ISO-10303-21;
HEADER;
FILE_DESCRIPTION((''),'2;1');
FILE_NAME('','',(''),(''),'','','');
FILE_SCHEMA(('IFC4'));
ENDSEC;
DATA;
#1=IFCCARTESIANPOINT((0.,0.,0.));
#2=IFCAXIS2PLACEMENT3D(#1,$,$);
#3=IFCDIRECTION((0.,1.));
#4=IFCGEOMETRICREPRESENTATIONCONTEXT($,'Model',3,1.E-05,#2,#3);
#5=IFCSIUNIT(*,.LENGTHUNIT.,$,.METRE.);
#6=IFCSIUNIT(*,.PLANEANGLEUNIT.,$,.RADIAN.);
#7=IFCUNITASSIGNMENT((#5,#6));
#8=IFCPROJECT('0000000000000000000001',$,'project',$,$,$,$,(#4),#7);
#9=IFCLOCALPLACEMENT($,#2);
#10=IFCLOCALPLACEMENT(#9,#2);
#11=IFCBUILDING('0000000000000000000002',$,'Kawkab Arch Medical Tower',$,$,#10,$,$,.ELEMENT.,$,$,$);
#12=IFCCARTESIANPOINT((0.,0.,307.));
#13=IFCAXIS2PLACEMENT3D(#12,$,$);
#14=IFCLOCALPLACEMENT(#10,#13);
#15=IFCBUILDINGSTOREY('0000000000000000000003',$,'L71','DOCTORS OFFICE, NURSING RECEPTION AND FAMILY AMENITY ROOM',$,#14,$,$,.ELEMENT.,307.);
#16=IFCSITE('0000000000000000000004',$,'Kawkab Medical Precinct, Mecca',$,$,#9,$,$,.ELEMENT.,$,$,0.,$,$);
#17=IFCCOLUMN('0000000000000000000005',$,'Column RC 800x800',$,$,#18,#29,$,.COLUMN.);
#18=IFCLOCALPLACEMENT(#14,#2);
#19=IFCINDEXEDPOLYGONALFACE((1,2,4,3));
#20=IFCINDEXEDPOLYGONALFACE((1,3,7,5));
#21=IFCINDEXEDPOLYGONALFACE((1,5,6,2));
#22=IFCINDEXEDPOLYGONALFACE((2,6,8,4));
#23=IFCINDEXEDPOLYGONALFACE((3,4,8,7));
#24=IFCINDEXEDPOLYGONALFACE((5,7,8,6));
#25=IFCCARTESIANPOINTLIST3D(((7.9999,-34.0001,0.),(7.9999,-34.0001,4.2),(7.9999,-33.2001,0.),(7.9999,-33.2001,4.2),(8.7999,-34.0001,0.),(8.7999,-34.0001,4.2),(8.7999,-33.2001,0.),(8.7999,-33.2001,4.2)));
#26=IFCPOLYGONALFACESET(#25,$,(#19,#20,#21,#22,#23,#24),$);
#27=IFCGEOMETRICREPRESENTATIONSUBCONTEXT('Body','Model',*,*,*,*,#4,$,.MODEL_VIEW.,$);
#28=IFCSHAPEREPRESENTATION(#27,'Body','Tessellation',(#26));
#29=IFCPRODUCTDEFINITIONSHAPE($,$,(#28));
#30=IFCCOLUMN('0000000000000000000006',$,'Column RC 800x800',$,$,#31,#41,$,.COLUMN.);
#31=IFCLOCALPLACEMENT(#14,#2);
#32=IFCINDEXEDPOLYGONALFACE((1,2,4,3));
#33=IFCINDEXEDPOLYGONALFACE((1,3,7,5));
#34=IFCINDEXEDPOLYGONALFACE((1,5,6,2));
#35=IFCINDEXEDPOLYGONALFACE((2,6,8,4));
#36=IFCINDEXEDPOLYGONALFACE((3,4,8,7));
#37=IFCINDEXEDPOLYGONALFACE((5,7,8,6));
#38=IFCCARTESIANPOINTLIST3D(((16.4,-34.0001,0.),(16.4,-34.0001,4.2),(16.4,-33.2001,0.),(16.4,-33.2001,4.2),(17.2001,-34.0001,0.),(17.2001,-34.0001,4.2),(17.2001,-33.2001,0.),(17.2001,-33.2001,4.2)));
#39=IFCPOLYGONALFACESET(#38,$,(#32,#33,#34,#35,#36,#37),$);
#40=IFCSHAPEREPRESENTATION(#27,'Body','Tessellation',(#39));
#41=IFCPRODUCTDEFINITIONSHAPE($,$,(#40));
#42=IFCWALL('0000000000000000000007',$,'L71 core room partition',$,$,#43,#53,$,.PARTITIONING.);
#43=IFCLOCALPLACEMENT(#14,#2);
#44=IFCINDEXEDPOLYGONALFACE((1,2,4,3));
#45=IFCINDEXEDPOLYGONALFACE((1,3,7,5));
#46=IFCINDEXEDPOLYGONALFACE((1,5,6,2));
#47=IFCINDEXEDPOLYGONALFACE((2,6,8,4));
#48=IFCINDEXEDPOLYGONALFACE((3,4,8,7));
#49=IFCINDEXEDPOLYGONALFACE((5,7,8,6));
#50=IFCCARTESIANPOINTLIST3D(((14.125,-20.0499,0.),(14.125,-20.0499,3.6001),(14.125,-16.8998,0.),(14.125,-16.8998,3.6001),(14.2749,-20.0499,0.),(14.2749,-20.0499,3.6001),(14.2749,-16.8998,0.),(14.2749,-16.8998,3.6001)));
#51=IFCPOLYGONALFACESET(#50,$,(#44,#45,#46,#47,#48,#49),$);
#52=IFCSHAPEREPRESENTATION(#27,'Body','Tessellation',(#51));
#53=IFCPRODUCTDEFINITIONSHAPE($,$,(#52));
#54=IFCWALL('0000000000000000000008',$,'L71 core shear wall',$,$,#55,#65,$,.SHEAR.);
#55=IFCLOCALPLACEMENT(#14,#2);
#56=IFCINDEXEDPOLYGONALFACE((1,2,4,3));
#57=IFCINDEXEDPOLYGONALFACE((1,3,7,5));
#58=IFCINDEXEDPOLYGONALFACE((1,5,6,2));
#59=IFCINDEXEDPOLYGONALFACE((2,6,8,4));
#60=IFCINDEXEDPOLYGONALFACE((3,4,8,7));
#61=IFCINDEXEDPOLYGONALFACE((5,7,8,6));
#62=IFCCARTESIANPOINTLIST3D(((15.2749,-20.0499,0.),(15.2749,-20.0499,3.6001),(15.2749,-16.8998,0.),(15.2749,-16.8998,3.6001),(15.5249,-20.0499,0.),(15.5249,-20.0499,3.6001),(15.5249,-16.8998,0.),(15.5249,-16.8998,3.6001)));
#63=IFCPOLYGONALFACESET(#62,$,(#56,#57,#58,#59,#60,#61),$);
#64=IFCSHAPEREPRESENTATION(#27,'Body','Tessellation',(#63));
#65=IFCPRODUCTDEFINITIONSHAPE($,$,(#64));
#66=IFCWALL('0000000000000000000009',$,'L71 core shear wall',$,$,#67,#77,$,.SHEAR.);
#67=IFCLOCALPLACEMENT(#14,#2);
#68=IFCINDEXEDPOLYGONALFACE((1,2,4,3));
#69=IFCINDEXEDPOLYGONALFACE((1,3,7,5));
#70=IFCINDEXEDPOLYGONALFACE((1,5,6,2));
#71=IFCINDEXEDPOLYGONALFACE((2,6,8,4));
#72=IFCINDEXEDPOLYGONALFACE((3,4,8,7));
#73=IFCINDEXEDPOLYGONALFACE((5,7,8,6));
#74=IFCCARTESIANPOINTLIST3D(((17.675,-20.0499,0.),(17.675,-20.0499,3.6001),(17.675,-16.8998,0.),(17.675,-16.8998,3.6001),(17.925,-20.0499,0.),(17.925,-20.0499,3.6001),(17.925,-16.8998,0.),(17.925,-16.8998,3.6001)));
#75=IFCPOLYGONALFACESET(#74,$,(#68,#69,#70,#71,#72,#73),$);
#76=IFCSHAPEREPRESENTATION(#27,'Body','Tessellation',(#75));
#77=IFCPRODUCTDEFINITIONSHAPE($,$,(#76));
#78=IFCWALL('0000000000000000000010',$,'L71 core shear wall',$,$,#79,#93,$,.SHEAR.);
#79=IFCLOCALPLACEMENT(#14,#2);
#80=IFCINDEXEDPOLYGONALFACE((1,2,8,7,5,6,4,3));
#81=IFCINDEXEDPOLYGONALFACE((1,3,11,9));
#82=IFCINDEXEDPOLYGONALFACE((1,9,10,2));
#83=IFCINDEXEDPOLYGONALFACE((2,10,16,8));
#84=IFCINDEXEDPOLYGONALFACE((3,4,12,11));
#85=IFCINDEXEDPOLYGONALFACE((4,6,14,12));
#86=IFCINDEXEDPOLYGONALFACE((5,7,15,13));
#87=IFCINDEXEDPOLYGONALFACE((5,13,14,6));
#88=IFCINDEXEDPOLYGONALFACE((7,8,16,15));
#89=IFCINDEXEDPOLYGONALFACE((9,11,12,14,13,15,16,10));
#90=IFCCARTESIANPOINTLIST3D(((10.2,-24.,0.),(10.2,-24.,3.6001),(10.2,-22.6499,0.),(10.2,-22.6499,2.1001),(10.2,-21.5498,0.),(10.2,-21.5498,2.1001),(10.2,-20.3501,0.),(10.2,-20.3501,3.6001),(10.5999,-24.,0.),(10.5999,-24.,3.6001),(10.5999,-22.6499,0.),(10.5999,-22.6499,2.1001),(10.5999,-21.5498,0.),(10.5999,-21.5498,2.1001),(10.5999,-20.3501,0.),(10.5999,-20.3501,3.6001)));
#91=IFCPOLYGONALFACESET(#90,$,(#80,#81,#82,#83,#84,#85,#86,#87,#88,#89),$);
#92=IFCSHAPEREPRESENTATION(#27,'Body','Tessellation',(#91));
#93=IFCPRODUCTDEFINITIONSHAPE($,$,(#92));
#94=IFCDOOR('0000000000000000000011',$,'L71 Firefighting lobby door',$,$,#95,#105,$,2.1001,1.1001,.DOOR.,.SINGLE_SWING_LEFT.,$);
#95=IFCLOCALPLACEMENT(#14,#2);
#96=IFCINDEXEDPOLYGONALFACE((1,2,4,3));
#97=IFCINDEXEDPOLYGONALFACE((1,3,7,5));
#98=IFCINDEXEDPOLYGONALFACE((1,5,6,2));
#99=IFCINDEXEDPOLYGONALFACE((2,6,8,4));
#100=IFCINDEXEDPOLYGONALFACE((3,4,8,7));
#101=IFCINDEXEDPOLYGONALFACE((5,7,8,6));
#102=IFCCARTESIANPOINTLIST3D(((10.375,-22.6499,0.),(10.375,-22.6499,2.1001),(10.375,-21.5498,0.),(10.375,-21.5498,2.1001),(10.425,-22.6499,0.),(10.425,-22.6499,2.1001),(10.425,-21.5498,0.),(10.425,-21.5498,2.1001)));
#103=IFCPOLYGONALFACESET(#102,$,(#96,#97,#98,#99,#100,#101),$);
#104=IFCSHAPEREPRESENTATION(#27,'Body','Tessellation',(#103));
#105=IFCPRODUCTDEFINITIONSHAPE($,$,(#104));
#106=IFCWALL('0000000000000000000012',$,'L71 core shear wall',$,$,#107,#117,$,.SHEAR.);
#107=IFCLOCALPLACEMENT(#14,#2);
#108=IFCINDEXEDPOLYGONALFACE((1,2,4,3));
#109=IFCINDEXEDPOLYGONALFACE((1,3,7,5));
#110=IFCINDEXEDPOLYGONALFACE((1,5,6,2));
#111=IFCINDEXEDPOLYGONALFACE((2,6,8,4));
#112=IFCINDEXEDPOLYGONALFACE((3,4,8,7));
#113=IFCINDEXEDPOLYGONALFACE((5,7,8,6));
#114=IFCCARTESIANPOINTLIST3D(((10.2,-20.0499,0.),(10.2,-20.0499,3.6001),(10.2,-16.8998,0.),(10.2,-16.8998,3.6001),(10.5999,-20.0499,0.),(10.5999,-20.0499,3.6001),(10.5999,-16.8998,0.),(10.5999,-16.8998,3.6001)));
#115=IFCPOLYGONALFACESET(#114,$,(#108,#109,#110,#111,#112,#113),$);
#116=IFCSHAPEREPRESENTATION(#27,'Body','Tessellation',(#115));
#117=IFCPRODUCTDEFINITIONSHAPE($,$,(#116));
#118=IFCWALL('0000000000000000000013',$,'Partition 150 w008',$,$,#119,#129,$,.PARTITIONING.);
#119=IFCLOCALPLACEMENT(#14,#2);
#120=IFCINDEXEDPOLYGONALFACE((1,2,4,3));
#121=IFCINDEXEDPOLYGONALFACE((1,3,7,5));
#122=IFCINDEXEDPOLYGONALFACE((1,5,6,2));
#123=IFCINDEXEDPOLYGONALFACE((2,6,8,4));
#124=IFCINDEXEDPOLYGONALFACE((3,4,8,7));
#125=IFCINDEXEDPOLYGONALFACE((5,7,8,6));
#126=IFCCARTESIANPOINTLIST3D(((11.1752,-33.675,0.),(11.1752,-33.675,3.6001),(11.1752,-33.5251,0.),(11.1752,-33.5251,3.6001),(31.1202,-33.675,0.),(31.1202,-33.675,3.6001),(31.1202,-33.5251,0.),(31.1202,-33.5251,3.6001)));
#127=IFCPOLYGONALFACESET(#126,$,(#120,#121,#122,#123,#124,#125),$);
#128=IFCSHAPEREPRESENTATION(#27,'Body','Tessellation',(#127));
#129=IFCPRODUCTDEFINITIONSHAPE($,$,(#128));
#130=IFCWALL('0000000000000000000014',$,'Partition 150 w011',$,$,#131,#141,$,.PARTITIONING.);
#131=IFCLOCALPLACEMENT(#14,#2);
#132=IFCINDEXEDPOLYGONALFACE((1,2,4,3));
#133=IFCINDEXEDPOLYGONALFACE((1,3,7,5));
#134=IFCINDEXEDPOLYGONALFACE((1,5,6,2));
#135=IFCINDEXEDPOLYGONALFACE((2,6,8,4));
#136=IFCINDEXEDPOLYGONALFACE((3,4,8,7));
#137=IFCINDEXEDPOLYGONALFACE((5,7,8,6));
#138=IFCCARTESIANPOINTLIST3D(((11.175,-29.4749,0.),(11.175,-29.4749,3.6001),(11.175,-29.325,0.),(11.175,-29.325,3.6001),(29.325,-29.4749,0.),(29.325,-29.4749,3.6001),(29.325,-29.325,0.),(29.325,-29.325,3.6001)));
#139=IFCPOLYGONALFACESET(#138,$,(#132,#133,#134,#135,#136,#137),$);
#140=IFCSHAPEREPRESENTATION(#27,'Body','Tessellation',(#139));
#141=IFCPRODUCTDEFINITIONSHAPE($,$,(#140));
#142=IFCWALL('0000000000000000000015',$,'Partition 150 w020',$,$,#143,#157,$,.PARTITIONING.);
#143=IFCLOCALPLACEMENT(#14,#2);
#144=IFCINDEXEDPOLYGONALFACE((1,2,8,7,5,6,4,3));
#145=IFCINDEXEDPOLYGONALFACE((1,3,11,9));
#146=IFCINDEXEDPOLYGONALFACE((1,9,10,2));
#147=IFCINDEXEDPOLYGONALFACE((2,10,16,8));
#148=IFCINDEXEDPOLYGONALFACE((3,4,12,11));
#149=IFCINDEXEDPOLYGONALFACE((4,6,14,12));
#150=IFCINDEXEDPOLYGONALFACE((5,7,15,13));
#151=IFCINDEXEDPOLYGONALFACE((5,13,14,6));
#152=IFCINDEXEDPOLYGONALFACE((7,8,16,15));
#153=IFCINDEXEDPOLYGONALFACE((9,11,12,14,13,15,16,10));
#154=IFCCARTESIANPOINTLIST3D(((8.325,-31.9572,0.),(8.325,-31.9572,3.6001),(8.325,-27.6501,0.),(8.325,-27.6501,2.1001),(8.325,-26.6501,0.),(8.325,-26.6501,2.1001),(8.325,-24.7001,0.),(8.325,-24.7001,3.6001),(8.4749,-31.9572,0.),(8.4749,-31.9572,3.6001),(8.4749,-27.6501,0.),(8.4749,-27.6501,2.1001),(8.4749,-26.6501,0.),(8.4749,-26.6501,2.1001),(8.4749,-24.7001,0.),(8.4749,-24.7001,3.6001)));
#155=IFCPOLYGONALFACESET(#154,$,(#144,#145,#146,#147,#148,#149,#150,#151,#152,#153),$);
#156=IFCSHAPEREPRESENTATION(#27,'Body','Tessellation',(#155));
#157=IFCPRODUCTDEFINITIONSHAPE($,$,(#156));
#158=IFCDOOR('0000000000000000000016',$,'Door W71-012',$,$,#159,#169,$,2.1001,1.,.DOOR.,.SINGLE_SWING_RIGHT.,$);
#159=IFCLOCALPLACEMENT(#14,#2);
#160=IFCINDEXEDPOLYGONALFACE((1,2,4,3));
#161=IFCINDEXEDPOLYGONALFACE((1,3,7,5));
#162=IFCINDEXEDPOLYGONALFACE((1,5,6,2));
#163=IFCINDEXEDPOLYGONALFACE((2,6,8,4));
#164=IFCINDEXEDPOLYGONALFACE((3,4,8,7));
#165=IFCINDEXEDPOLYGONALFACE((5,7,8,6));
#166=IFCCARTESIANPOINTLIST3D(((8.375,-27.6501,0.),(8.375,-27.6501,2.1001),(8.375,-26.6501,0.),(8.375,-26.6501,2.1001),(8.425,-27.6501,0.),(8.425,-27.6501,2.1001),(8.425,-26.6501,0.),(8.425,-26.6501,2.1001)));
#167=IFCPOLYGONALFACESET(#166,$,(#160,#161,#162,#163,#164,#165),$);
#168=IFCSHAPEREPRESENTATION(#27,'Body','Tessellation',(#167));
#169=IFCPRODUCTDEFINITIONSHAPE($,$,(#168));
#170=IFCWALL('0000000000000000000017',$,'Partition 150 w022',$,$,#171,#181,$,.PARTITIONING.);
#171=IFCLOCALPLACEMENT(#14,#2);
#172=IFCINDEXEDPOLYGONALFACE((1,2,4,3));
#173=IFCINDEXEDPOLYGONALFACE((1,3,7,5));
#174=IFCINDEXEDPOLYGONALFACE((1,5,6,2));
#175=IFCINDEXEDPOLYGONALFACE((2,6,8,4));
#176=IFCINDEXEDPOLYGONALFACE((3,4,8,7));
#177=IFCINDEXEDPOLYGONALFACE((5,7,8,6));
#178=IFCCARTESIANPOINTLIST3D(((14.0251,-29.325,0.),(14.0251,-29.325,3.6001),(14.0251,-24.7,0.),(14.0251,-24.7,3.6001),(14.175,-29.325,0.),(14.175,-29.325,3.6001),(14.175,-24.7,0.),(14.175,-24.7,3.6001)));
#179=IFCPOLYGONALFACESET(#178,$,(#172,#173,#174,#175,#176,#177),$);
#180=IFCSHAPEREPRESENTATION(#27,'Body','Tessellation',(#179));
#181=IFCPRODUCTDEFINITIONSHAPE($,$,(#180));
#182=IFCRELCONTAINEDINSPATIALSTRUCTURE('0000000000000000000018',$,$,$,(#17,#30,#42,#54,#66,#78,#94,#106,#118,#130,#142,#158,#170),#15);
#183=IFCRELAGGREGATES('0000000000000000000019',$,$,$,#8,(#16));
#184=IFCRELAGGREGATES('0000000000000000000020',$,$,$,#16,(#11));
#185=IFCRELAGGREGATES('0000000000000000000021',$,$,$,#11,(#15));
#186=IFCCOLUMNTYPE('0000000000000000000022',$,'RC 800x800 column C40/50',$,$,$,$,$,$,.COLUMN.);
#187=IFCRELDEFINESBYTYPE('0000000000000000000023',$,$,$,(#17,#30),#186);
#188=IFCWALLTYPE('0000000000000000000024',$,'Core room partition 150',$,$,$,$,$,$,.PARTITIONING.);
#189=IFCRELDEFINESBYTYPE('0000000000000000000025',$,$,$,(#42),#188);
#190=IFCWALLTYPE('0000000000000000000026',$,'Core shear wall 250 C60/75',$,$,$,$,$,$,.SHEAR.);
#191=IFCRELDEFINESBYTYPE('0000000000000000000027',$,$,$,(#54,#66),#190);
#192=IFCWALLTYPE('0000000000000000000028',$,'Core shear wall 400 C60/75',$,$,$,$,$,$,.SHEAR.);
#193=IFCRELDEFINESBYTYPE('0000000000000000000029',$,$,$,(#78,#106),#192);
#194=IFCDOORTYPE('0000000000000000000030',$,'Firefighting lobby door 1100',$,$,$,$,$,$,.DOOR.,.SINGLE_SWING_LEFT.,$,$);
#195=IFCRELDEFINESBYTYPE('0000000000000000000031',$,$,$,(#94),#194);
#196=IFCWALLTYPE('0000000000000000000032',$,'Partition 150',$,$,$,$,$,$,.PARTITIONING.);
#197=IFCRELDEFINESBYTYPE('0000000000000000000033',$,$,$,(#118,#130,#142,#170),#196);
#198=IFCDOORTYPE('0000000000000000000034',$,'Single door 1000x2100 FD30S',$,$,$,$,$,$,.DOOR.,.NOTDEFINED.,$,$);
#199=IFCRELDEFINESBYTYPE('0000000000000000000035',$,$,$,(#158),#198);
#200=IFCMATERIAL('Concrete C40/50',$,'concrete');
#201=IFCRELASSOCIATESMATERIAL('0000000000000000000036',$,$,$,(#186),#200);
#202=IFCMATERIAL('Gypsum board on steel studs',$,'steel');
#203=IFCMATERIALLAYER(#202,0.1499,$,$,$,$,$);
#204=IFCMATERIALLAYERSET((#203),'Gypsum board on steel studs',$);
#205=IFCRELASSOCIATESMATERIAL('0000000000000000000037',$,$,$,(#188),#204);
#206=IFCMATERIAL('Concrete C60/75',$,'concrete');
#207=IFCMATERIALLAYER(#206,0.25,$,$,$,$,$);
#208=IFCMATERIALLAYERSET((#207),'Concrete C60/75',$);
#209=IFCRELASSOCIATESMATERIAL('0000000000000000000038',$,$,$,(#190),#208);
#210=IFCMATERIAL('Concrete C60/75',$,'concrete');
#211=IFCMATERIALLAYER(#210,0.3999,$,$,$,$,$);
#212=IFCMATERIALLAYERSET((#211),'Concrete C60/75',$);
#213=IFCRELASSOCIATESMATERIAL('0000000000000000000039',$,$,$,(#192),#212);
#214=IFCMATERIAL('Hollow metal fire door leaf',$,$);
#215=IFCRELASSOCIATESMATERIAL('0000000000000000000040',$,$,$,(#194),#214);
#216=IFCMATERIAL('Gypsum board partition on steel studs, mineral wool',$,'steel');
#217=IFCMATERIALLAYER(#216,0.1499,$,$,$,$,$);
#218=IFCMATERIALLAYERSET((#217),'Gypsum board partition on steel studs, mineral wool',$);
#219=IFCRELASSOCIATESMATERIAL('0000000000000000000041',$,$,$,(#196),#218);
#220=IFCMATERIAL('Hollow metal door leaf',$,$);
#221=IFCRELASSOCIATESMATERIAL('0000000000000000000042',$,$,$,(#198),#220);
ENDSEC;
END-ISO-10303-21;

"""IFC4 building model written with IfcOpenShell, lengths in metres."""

from ifc_helpers import new_model, si_unit, direction, frame, frame_2d, origin, origin_2d, place, context, subcontext, project, spatial, rectangle, extrude, material, layer, layer_set, material_profile, profile_set, type_object, element, fill, save


model = new_model("IFC4")

# Units and contexts
model_context = context("Model", 3, precision=1e-05, world=origin(), true_north=direction((0.0, 1.0)))
body_context = subcontext(model_context, "Body", "Model", "MODEL_VIEW")
ifc_project = project(units=[si_unit("LENGTHUNIT", "METRE"), si_unit("PLANEANGLEUNIT", "RADIAN")], contexts=[model_context])

# Site, building, storey
site_placement = place(None, origin())
site = spatial("IfcSite", under=ifc_project, at=site_placement, Name="Kawkab Medical Precinct, Mecca", CompositionType="ELEMENT", RefElevation=0.0)
building_placement = place(site_placement, origin())
building = spatial("IfcBuilding", under=site, at=building_placement, Name="Kawkab Arch Medical Tower", CompositionType="ELEMENT")
storey_placement = place(building_placement, frame((0.0, 0.0, 307.0)))
storey = spatial("IfcBuildingStorey", under=building, at=storey_placement, Name="L71", Description="DOCTORS OFFICE, NURSING RECEPTION AND FAMILY AMENITY ROOM", CompositionType="ELEMENT", Elevation=307.0)

# Columns
ifc_material_1 = material(Name="Concrete C40/50", Category="concrete")
ifc_material_profile = material_profile(ifc_material_1, rectangle(XDim=0.8, YDim=0.8, at=origin_2d()), Name="RC 800x800")
ifc_profile_set = profile_set([ifc_material_profile], Name="Concrete C40/50")
column_type = type_object("IfcColumnType", Name="RC 800x800 column C40/50", PredefinedType="COLUMN", material=ifc_profile_set)
for number, where, z_axis, x_axis, name in (
    (1, (8.3999, -33.6001, 0.0), (0.0, 0.0, 1.0), (1.0, 0.0, 0.0), "Column RC 800x800"),
    (2, (16.8, -33.6001, 0.0), (0.0, 0.0, 1.0), (1.0, 0.0, 0.0), "Column RC 800x800"),
):
    element("IfcColumn", number, at=place(storey_placement, frame(where, z_axis=z_axis, x_axis=x_axis)), inside=storey, type_object=column_type, Name=name, PredefinedType="COLUMN", context=body_context, shape_type="SweptSolid", body=[
        extrude(rectangle(XDim=0.8, YDim=0.8, at=origin_2d()), origin(), (0.0, 0.0, 1.0), 4.2),
    ])

# Walls
ifc_material_2 = material(Name="Gypsum board on steel studs", Category="steel")
ifc_layer_1 = layer(ifc_material_2, 0.1499)
ifc_layer_set_1 = layer_set([ifc_layer_1], Name="Gypsum board on steel studs")
wall_type_1 = type_object("IfcWallType", Name="Core room partition 150", PredefinedType="PARTITIONING", material=ifc_layer_set_1)
wall_1_placement = place(storey_placement, frame((14.2, -20.05, 0.0), z_axis=(0.0, 0.0, 1.0), x_axis=(0.0, 1.0, 0.0)))
element("IfcWall", 3, at=wall_1_placement, inside=storey, type_object=wall_type_1, Name="L71 core room partition", PredefinedType="PARTITIONING", context=body_context, shape_type="SweptSolid", body=[
    extrude(rectangle(XDim=3.1501, YDim=0.1499, at=frame_2d((1.5752, 0.0))), origin(), (0.0, 0.0, 1.0), 3.6001),
])
ifc_material_3 = material(Name="Concrete C60/75", Category="concrete")
ifc_layer_2 = layer(ifc_material_3, 0.25)
ifc_layer_set_2 = layer_set([ifc_layer_2], Name="Concrete C60/75")
wall_type_2 = type_object("IfcWallType", Name="Core shear wall 250 C60/75", PredefinedType="SHEAR", material=ifc_layer_set_2)
for number, where, z_axis, x_axis, name in (
    (4, (15.3999, -20.05, 0.0), (0.0, 0.0, 1.0), (0.0, 1.0, 0.0), "L71 core shear wall"),
    (5, (17.8, -20.05, 0.0), (0.0, 0.0, 1.0), (0.0, 1.0, 0.0), "L71 core shear wall"),
):
    element("IfcWall", number, at=place(storey_placement, frame(where, z_axis=z_axis, x_axis=x_axis)), inside=storey, type_object=wall_type_2, Name=name, PredefinedType="SHEAR", context=body_context, shape_type="SweptSolid", body=[
        extrude(rectangle(XDim=3.1501, YDim=0.25, at=frame_2d((1.5752, 0.0))), origin(), (0.0, 0.0, 1.0), 3.6001),
    ])

# Wall, opening, door
ifc_material_4 = material(Name="Concrete C60/75", Category="concrete")
ifc_layer_3 = layer(ifc_material_4, 0.3999)
ifc_layer_set_3 = layer_set([ifc_layer_3], Name="Concrete C60/75")
wall_type_3 = type_object("IfcWallType", Name="Core shear wall 400 C60/75", PredefinedType="SHEAR", material=ifc_layer_set_3)
wall_2_placement = place(storey_placement, frame((10.3999, -24.0, 0.0), z_axis=(0.0, 0.0, 1.0), x_axis=(0.0, 1.0, 0.0)))
wall_2 = element("IfcWall", 6, at=wall_2_placement, inside=storey, type_object=wall_type_3, Name="L71 core shear wall", PredefinedType="SHEAR", context=body_context, shape_type="SweptSolid", body=[
    extrude(rectangle(XDim=3.6499, YDim=0.3999, at=frame_2d((1.825, 0.0))), origin(), (0.0, 0.0, 1.0), 3.6001),
])
opening_1_placement = place(wall_2_placement, frame((1.3501, 0.0, 0.0)))
opening_1 = element("IfcOpeningElement", 7, at=opening_1_placement, cuts=wall_2, PredefinedType="OPENING", context=body_context, shape_type="SweptSolid", body=[
    extrude(rectangle(XDim=1.1001, YDim=2.1001, at=frame_2d((0.55, 1.05))), frame((0.0, 0.21, 0.0), z_axis=(0.0, -1.0, 0.0), x_axis=(1.0, 0.0, 0.0)), (0.0, 0.0, 1.0), 0.4199),
])
ifc_material_5 = material(Name="Hollow metal fire door leaf")
door_type_1 = type_object("IfcDoorType", Name="Firefighting lobby door 1100", OperationType="SINGLE_SWING_LEFT", PredefinedType="DOOR", material=ifc_material_5)
door_1_placement = place(opening_1_placement, origin())
door_1 = element("IfcDoor", 8, at=door_1_placement, inside=storey, type_object=door_type_1, Name="L71 Firefighting lobby door", OperationType="SINGLE_SWING_LEFT", OverallHeight=2.1001, OverallWidth=1.1001, PredefinedType="DOOR", context=body_context, shape_type="SweptSolid", body=[
    extrude(rectangle(XDim=1.1001, YDim=2.1001, at=frame_2d((0.55, 1.05))), frame((0.0, 0.0249, 0.0), z_axis=(0.0, -1.0, 0.0), x_axis=(1.0, 0.0, 0.0)), (0.0, 0.0, 1.0), 0.05),
])
fill(opening_1, door_1)

# Walls
wall_3_placement = place(storey_placement, frame((10.3999, -20.05, 0.0), z_axis=(0.0, 0.0, 1.0), x_axis=(0.0, 1.0, 0.0)))
element("IfcWall", 9, at=wall_3_placement, inside=storey, type_object=wall_type_3, Name="L71 core shear wall", PredefinedType="SHEAR", context=body_context, shape_type="SweptSolid", body=[
    extrude(rectangle(XDim=3.1501, YDim=0.3999, at=frame_2d((1.5752, 0.0))), origin(), (0.0, 0.0, 1.0), 3.6001),
])
ifc_material_6 = material(Name="Gypsum board partition on steel studs, mineral wool", Category="steel")
ifc_layer_4 = layer(ifc_material_6, 0.1499)
ifc_layer_set_4 = layer_set([ifc_layer_4], Name="Gypsum board partition on steel studs, mineral wool")
wall_type_4 = type_object("IfcWallType", Name="Partition 150", PredefinedType="PARTITIONING", material=ifc_layer_set_4)
wall_4_placement = place(storey_placement, frame((11.175, -33.6001, 0.0), z_axis=(0.0, 0.0, 1.0), x_axis=(1.0, 0.0, 0.0)))
element("IfcWall", 10, at=wall_4_placement, inside=storey, type_object=wall_type_4, Name="Partition 150 w008", PredefinedType="PARTITIONING", context=body_context, shape_type="SweptSolid", body=[
    extrude(rectangle(XDim=19.9451, YDim=0.1499, at=frame_2d((9.9727, 0.0))), origin(), (0.0, 0.0, 1.0), 3.6001),
])
wall_5_placement = place(storey_placement, frame((11.175, -29.3999, 0.0), z_axis=(0.0, 0.0, 1.0), x_axis=(1.0, 0.0, 0.0)))
element("IfcWall", 11, at=wall_5_placement, inside=storey, type_object=wall_type_4, Name="Partition 150 w011", PredefinedType="PARTITIONING", context=body_context, shape_type="SweptSolid", body=[
    extrude(rectangle(XDim=18.1499, YDim=0.1499, at=frame_2d((9.075, 0.0))), origin(), (0.0, 0.0, 1.0), 3.6001),
])

# Wall, opening, door
wall_6_placement = place(storey_placement, frame((8.3999, -31.957, 0.0), z_axis=(0.0, 0.0, 1.0), x_axis=(0.0, 1.0, 0.0)))
wall_6 = element("IfcWall", 12, at=wall_6_placement, inside=storey, type_object=wall_type_4, Name="Partition 150 w020", PredefinedType="PARTITIONING", context=body_context, shape_type="SweptSolid", body=[
    extrude(rectangle(XDim=7.2571, YDim=0.1499, at=frame_2d((3.6284, 0.0))), origin(), (0.0, 0.0, 1.0), 3.6001),
])
opening_2_placement = place(wall_6_placement, frame((4.3069, 0.0, 0.0)))
opening_2 = element("IfcOpeningElement", 13, at=opening_2_placement, cuts=wall_6, PredefinedType="OPENING", context=body_context, shape_type="SweptSolid", body=[
    extrude(rectangle(XDim=1.0, YDim=2.1001, at=frame_2d((0.5, 1.05))), frame((0.0, 0.085, 0.0), z_axis=(0.0, -1.0, 0.0), x_axis=(1.0, 0.0, 0.0)), (0.0, 0.0, 1.0), 0.1699),
])
ifc_material_7 = material(Name="Hollow metal door leaf")
door_type_2 = type_object("IfcDoorType", Name="Single door 1000x2100 FD30S", OperationType="NOTDEFINED", PredefinedType="DOOR", material=ifc_material_7)
door_2_placement = place(opening_2_placement, origin())
door_2 = element("IfcDoor", 14, at=door_2_placement, inside=storey, type_object=door_type_2, Name="Door W71-012", OperationType="SINGLE_SWING_RIGHT", OverallHeight=2.1001, OverallWidth=1.0, PredefinedType="DOOR", context=body_context, shape_type="SweptSolid", body=[
    extrude(rectangle(XDim=1.0, YDim=2.1001, at=frame_2d((0.5, 1.05))), frame((0.0, 0.0249, 0.0), z_axis=(0.0, -1.0, 0.0), x_axis=(1.0, 0.0, 0.0)), (0.0, 0.0, 1.0), 0.05),
])
fill(opening_2, door_2)

# Wall
wall_7_placement = place(storey_placement, frame((14.1001, -29.325, 0.0), z_axis=(0.0, 0.0, 1.0), x_axis=(0.0, 1.0, 0.0)))
element("IfcWall", 15, at=wall_7_placement, inside=storey, type_object=wall_type_4, Name="Partition 150 w022", PredefinedType="PARTITIONING", context=body_context, shape_type="SweptSolid", body=[
    extrude(rectangle(XDim=4.625, YDim=0.1499, at=frame_2d((2.3125, 0.0))), origin(), (0.0, 0.0, 1.0), 3.6001),
])

save(model, "model.ifc")
